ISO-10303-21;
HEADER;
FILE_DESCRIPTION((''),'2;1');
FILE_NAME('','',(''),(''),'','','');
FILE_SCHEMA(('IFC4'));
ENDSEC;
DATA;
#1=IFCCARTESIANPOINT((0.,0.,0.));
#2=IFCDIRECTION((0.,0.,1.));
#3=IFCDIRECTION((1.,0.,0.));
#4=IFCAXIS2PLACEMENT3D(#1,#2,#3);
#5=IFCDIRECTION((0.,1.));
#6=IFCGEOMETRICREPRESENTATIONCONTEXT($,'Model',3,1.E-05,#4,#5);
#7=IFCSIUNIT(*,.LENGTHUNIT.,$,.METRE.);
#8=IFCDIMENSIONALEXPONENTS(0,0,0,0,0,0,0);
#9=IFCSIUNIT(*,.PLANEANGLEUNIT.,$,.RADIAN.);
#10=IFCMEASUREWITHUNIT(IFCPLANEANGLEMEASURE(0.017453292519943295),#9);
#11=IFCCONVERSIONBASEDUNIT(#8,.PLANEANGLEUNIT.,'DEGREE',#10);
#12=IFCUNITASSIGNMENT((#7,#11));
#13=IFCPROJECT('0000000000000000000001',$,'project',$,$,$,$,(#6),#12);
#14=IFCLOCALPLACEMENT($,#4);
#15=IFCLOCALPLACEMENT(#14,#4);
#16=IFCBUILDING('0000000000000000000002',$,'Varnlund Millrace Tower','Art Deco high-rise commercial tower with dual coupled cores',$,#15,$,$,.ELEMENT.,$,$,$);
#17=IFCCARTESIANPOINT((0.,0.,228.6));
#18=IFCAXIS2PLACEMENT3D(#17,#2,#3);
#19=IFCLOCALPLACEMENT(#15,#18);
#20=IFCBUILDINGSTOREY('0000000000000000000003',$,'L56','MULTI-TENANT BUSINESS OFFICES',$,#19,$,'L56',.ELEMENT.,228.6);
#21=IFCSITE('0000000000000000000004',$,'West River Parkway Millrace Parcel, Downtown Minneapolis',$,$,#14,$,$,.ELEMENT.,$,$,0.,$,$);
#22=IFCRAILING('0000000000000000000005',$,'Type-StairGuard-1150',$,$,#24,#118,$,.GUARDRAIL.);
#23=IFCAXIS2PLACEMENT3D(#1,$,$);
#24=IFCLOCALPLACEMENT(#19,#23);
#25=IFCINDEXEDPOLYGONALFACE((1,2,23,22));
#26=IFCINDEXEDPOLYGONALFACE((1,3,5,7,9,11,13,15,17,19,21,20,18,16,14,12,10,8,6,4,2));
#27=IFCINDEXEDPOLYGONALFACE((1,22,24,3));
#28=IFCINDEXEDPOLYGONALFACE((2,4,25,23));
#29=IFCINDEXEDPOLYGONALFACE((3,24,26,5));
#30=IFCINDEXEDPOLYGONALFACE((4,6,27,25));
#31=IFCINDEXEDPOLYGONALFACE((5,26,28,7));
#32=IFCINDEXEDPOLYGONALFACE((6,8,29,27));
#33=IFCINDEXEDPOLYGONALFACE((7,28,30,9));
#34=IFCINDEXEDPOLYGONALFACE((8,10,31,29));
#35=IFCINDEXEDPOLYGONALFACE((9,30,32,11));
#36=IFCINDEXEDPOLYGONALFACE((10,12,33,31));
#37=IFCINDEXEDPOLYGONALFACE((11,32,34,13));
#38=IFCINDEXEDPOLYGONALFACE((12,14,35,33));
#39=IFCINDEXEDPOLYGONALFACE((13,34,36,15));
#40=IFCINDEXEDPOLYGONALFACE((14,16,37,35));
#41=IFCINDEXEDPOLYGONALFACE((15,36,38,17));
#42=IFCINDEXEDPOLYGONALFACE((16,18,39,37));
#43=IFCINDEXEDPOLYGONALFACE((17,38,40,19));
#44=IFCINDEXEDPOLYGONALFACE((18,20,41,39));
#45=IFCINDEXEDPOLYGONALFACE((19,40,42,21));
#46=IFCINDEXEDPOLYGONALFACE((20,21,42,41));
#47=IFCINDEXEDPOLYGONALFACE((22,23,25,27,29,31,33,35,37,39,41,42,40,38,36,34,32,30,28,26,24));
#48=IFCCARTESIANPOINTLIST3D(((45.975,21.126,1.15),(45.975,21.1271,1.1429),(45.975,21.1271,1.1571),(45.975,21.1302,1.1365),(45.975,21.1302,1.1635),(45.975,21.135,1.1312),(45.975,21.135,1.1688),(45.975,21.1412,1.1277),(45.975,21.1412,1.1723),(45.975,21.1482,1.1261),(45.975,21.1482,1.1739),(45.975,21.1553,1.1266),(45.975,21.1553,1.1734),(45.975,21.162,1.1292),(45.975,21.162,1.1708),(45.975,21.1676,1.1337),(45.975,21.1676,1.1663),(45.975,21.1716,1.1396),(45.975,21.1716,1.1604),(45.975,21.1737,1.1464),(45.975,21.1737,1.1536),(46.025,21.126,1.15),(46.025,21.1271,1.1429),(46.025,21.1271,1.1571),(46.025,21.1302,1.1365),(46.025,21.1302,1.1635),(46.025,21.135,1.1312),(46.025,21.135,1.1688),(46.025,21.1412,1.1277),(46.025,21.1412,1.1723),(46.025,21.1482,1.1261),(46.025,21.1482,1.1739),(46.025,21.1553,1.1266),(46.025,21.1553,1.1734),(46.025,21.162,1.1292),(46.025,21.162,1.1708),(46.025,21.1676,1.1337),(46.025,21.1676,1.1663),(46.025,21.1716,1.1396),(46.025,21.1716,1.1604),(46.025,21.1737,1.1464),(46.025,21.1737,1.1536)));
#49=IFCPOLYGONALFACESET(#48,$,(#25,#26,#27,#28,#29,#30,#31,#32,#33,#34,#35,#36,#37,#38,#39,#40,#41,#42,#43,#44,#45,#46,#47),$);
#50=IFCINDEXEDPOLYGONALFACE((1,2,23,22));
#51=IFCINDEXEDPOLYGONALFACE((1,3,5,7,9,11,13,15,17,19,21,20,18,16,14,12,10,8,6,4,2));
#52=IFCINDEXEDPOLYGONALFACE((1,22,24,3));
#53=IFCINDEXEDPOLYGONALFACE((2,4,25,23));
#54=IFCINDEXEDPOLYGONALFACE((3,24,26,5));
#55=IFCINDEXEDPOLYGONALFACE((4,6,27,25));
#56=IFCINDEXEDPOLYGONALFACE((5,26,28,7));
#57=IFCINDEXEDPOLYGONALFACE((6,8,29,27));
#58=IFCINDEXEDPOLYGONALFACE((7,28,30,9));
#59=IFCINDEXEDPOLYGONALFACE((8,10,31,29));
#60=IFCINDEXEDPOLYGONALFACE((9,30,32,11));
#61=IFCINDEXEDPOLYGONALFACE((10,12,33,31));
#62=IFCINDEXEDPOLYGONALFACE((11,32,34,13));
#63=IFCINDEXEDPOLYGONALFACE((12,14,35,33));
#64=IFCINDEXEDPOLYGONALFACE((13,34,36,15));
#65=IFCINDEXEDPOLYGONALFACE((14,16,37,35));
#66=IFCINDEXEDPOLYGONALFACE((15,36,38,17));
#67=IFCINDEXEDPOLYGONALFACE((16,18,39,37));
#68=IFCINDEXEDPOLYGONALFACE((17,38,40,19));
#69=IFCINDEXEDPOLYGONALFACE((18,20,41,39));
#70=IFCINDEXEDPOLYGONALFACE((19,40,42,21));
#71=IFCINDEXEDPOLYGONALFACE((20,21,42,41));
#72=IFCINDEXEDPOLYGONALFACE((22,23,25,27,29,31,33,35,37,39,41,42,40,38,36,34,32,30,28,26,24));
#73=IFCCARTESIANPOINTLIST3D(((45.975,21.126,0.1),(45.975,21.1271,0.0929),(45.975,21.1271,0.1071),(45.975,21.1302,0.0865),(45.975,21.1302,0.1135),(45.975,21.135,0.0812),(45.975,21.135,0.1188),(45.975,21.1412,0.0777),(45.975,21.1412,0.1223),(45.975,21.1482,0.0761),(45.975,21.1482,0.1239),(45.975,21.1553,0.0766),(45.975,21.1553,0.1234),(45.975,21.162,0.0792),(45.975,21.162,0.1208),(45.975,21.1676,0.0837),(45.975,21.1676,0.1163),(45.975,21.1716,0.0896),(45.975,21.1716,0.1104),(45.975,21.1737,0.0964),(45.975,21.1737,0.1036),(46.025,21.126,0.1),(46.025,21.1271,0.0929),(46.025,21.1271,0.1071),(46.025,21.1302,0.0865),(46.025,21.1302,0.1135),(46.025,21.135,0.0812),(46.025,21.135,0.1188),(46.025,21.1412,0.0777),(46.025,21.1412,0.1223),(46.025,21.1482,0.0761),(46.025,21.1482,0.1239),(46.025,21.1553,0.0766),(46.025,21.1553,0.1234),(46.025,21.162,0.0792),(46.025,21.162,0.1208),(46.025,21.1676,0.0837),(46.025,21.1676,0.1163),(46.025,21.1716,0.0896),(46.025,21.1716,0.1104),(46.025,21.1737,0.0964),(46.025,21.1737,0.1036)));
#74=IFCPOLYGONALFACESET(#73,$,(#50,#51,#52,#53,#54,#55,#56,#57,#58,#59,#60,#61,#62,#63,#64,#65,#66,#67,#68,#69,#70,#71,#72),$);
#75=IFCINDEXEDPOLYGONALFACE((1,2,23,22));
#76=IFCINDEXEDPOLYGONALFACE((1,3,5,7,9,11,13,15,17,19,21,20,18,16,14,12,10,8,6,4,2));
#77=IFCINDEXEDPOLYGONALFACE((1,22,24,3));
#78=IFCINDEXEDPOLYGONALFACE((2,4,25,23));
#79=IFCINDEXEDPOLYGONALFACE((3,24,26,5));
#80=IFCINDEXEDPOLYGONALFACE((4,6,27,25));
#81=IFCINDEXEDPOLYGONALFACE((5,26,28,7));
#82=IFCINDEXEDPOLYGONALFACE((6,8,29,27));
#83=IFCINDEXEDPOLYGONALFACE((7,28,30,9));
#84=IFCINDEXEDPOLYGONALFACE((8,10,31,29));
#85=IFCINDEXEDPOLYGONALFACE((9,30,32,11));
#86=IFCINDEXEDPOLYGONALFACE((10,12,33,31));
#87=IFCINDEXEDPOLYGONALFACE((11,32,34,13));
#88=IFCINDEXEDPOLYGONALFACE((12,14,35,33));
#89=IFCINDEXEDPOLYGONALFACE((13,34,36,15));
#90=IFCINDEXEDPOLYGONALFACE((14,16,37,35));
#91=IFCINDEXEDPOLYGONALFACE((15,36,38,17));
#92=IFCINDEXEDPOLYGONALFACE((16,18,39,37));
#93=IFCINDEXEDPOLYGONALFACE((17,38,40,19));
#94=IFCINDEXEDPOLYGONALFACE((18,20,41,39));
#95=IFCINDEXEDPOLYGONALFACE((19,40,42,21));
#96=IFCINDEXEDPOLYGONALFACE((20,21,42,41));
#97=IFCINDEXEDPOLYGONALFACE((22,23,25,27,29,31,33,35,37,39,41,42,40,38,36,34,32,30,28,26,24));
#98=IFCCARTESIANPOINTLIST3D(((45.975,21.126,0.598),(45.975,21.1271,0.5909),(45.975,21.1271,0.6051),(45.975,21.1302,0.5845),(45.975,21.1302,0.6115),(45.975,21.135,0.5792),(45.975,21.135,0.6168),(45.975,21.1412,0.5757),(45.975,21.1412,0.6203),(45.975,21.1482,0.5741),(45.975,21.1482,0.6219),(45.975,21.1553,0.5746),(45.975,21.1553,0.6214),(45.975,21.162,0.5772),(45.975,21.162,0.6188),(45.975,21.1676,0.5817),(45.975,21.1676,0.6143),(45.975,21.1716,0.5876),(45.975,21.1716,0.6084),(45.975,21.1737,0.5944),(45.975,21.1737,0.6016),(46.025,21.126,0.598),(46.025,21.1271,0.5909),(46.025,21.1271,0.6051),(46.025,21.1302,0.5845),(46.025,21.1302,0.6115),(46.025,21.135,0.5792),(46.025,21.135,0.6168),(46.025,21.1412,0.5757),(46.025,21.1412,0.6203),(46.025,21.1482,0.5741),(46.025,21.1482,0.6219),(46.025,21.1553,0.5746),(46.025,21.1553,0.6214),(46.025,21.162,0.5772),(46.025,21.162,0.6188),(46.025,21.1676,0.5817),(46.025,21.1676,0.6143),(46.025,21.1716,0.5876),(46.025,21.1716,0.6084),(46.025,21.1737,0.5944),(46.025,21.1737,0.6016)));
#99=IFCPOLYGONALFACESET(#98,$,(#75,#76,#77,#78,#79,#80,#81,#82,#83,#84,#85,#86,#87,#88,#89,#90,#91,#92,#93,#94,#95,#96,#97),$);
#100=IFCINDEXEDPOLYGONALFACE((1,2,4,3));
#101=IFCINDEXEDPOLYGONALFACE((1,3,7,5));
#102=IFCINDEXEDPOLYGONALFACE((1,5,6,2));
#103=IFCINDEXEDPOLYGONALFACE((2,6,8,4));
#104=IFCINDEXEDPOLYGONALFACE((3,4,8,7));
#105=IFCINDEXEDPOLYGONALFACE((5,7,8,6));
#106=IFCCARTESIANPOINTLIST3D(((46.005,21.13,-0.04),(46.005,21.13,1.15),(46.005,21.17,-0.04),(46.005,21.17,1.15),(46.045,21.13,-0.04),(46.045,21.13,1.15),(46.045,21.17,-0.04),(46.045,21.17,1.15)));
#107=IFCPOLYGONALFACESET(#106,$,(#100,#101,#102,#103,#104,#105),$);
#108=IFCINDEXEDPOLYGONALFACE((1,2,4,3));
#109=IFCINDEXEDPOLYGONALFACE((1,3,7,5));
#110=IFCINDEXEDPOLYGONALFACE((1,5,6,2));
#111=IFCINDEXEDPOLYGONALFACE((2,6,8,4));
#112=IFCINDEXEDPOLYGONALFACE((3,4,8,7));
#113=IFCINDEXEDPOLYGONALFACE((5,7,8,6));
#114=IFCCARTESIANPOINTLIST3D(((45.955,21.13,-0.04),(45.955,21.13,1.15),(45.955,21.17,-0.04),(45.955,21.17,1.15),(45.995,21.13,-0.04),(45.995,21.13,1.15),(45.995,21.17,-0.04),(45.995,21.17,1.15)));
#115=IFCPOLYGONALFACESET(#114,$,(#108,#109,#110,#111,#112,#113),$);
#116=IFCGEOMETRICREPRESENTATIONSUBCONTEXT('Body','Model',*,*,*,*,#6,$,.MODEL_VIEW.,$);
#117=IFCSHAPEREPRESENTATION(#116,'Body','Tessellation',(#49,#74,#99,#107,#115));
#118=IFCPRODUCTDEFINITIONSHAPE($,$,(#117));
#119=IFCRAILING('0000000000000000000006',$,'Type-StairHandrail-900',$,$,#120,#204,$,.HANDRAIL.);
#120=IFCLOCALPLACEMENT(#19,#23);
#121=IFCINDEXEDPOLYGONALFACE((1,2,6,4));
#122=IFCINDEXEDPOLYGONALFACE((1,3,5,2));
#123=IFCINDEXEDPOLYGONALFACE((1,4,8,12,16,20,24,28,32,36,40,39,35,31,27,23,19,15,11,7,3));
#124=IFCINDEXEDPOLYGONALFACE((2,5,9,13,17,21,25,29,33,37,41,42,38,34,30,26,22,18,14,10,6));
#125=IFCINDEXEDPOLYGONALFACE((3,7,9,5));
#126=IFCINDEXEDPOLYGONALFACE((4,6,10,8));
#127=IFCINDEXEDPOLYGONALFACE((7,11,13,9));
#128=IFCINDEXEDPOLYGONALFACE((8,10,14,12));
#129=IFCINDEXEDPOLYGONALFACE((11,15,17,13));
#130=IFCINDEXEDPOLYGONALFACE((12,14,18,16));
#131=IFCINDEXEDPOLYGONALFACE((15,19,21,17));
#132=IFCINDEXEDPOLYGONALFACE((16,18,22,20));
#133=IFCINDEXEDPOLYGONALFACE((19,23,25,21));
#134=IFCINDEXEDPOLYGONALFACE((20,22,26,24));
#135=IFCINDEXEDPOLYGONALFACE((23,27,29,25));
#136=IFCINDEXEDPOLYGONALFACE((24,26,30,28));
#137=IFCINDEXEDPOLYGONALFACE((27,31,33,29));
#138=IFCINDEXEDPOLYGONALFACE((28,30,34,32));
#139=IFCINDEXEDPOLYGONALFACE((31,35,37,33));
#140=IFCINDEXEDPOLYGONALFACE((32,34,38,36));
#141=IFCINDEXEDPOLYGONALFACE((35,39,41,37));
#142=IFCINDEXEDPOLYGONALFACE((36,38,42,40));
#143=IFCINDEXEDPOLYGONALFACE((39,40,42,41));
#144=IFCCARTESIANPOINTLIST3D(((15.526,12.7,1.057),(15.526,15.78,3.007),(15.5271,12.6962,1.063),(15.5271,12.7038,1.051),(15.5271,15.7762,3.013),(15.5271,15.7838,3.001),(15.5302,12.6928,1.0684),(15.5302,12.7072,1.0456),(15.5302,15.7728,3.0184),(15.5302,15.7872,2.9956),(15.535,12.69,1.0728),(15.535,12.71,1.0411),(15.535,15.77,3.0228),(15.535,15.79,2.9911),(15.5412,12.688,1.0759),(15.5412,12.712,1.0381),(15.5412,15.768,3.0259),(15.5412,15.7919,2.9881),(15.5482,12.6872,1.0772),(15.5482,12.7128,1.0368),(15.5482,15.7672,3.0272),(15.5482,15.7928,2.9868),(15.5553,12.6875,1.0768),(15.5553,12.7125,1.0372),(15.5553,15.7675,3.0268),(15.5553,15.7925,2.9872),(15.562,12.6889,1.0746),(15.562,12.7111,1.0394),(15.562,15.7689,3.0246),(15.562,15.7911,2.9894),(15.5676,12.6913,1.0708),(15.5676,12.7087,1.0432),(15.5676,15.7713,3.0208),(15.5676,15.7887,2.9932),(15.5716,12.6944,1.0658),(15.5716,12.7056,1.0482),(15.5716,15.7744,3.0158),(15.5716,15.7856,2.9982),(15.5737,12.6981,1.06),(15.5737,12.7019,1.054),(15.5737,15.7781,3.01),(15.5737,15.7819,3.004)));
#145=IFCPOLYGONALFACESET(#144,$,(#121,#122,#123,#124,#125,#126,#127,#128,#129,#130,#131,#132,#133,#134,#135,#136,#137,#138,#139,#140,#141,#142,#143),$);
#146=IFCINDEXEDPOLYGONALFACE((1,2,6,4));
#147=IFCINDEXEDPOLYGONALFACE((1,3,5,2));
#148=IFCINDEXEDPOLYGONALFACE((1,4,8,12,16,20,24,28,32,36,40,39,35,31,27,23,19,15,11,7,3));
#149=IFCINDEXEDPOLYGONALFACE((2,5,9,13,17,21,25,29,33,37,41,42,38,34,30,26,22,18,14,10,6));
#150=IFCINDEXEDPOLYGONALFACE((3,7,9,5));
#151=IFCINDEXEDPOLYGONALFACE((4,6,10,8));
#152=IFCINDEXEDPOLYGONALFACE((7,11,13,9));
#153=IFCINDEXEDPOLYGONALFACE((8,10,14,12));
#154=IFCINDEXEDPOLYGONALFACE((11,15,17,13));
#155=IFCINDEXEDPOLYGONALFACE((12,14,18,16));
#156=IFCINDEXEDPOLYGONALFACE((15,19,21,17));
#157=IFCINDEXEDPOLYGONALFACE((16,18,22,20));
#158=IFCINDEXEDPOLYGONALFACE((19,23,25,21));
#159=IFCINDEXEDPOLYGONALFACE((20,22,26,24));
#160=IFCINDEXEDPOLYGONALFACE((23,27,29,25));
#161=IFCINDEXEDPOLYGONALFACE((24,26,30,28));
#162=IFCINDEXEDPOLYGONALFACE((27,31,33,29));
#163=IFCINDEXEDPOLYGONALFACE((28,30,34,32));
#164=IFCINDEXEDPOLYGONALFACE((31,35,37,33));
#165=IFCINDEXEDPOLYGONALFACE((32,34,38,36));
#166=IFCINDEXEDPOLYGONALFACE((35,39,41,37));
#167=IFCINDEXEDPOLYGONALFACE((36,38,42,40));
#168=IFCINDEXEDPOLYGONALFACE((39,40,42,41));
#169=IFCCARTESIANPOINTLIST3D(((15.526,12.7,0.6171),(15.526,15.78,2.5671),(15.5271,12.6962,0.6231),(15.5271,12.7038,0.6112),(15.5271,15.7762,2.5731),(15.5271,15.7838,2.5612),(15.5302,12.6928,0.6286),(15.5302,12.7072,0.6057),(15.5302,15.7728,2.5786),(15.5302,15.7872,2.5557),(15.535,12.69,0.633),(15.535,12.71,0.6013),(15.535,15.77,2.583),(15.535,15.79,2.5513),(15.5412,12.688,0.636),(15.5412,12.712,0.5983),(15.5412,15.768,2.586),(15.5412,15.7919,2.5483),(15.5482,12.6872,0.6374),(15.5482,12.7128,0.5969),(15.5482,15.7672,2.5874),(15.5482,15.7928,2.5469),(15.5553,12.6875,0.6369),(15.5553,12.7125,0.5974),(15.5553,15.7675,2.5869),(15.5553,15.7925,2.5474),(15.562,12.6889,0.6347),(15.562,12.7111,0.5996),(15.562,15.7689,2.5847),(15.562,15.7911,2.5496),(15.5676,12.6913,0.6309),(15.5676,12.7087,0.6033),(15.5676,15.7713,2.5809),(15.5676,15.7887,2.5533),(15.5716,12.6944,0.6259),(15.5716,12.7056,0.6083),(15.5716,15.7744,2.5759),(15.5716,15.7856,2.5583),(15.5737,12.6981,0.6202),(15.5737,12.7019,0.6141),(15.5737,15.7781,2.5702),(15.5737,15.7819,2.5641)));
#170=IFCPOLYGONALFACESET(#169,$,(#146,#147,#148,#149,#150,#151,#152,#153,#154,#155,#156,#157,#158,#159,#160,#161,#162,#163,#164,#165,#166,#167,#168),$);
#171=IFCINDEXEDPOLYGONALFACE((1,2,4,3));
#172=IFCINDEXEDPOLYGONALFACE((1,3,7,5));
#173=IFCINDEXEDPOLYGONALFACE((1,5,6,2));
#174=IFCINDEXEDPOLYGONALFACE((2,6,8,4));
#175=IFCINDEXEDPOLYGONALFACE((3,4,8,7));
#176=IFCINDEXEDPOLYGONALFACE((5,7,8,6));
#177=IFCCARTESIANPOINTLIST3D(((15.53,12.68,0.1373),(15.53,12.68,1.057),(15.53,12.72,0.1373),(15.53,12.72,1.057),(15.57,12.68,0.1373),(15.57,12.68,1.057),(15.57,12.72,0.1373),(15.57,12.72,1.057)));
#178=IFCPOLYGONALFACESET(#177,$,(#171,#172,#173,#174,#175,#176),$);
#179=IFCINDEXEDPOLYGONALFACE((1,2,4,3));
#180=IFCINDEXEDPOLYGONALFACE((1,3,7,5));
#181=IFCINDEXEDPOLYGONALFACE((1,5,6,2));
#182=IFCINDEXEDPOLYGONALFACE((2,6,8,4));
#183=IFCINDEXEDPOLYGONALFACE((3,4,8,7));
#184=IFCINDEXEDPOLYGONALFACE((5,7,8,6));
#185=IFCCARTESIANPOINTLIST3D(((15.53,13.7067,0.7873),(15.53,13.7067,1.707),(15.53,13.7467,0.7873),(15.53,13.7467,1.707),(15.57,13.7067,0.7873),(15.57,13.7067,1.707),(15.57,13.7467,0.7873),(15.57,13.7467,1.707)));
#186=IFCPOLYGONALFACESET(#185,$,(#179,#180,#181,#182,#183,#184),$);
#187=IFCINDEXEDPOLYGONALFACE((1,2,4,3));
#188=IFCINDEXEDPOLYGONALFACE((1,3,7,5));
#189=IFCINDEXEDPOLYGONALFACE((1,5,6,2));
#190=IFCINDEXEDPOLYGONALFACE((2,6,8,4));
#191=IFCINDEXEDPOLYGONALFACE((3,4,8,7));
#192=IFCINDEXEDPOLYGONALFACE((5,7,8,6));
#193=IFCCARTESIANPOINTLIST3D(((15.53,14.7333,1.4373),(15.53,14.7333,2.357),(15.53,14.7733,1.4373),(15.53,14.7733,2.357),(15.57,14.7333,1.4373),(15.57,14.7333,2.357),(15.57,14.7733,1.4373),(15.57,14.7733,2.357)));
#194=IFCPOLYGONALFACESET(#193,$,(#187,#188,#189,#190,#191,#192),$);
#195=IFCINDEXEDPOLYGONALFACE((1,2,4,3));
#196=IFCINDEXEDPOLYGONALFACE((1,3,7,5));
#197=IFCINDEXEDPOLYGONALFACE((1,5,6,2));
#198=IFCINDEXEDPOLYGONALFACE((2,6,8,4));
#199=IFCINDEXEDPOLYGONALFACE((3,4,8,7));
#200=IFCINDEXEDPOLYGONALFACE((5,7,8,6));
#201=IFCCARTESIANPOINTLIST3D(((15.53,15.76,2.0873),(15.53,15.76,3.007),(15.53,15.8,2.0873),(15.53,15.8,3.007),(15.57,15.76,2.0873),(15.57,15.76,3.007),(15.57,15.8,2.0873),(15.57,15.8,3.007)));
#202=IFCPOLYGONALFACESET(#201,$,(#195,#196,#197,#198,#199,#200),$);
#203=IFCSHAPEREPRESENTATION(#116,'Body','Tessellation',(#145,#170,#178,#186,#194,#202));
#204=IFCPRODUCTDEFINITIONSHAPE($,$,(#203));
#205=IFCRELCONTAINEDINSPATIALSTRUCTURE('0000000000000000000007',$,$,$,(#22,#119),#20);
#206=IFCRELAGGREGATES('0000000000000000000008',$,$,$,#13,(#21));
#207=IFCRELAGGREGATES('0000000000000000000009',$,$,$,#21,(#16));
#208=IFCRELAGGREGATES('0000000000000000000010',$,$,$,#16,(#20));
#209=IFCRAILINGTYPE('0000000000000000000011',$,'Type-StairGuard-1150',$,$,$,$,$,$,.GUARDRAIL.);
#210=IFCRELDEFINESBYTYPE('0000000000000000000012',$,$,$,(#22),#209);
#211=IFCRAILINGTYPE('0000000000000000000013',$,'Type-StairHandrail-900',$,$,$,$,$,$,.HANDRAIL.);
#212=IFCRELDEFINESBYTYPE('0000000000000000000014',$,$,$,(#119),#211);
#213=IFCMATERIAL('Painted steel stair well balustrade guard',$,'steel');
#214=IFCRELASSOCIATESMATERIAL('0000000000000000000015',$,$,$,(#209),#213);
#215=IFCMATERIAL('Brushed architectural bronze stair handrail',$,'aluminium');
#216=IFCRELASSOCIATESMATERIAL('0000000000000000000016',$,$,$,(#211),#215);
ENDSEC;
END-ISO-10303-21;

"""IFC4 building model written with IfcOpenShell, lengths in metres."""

from ifc_helpers import new_model, entity, si_unit, converted_unit, direction, frame, origin_with_axes, origin_2d_with_axis, place, context, subcontext, project, spatial, rectangle, circle, extrude, material, type_object, element, save


model = new_model("IFC4")

# Units and contexts
model_context = context("Model", 3, precision=1e-05, world=origin_with_axes(), true_north=direction((0.0, 1.0)))
body_context = subcontext(model_context, "Body", "Model", "MODEL_VIEW")
ifc_project = project(units=[si_unit("LENGTHUNIT", "METRE"), converted_unit("PLANEANGLEUNIT", "DEGREE", entity("IfcPlaneAngleMeasure", 0.017453292519943295), si_unit("PLANEANGLEUNIT", "RADIAN"), dimensions=[0, 0, 0, 0, 0, 0, 0])], contexts=[model_context])

# Site, building, storey
site_placement = place(None, origin_with_axes())
site = spatial("IfcSite", under=ifc_project, at=site_placement, Name="West River Parkway Millrace Parcel, Downtown Minneapolis", CompositionType="ELEMENT", RefElevation=0.0)
building_placement = place(site_placement, origin_with_axes())
building = spatial("IfcBuilding", under=site, at=building_placement, Name="Varnlund Millrace Tower", Description="Art Deco high-rise commercial tower with dual coupled cores", CompositionType="ELEMENT")
storey_placement = place(building_placement, frame((0.0, 0.0, 228.6), z_axis=(0.0, 0.0, 1.0), x_axis=(1.0, 0.0, 0.0)))
storey = spatial("IfcBuildingStorey", under=building, at=storey_placement, Name="L56", Description="MULTI-TENANT BUSINESS OFFICES", LongName="L56", CompositionType="ELEMENT", Elevation=228.6)

# Railings
ifc_material_1 = material(Name="Painted steel stair well balustrade guard", Category="steel")
railing_type_1 = type_object("IfcRailingType", Name="Type-StairGuard-1150", PredefinedType="GUARDRAIL", material=ifc_material_1)
railing_1_placement = place(storey_placement, frame((0.0, 0.0, -228.6), z_axis=(0.0, 0.0, 1.0), x_axis=(1.0, 0.0, 0.0)))
element("IfcRailing", 1, at=railing_1_placement, inside=storey, type_object=railing_type_1, Name="Type-StairGuard-1150", PredefinedType="GUARDRAIL", context=body_context, shape_type="SweptSolid", body=[
    extrude(circle(Radius=0.024, at=origin_2d_with_axis()), frame((46.025, 21.15, 229.75), z_axis=(-1.0, 0.0, 0.0), x_axis=(0.0, -1.0, 0.0)), (0.0, 0.0, 1.0), 0.05),
    extrude(circle(Radius=0.024, at=origin_2d_with_axis()), frame((46.025, 21.15, 228.7), z_axis=(-1.0, 0.0, 0.0), x_axis=(0.0, -1.0, 0.0)), (0.0, 0.0, 1.0), 0.05),
    extrude(circle(Radius=0.024, at=origin_2d_with_axis()), frame((46.025, 21.15, 229.198), z_axis=(-1.0, 0.0, 0.0), x_axis=(0.0, -1.0, 0.0)), (0.0, 0.0, 1.0), 0.05),
    extrude(rectangle(XDim=0.04, YDim=0.04, at=origin_2d_with_axis()), frame((46.025, 21.15, 228.56), z_axis=(0.0, 0.0, 1.0), x_axis=(1.0, 0.0, 0.0)), (0.0, 0.0, 1.0), 1.19),
    extrude(rectangle(XDim=0.04, YDim=0.04, at=origin_2d_with_axis()), frame((45.975, 21.15, 228.56), z_axis=(0.0, 0.0, 1.0), x_axis=(1.0, 0.0, 0.0)), (0.0, 0.0, 1.0), 1.19),
])
ifc_material_2 = material(Name="Brushed architectural bronze stair handrail", Category="aluminium")
railing_type_2 = type_object("IfcRailingType", Name="Type-StairHandrail-900", PredefinedType="HANDRAIL", material=ifc_material_2)
railing_2_placement = place(storey_placement, frame((0.0, 0.0, -228.6), z_axis=(0.0, 0.0, 1.0), x_axis=(1.0, 0.0, 0.0)))
element("IfcRailing", 2, at=railing_2_placement, inside=storey, type_object=railing_type_2, Name="Type-StairHandrail-900", PredefinedType="HANDRAIL", context=body_context, shape_type="SweptSolid", body=[
    extrude(circle(Radius=0.024, at=origin_2d_with_axis()), frame((15.55, 12.7, 229.657), z_axis=(0.0, 0.844902, 0.534922), x_axis=(-1.0, 0.0, 0.0)), (0.0, 0.0, 1.0), 3.6454),
    extrude(circle(Radius=0.024, at=origin_2d_with_axis()), frame((15.55, 12.7, 229.2171), z_axis=(0.0, 0.844902, 0.534922), x_axis=(-1.0, 0.0, 0.0)), (0.0, 0.0, 1.0), 3.6454),
    extrude(rectangle(XDim=0.04, YDim=0.04, at=origin_2d_with_axis()), frame((15.55, 12.7, 228.7373), z_axis=(0.0, 0.0, 1.0), x_axis=(1.0, 0.0, 0.0)), (0.0, 0.0, 1.0), 0.9197),
    extrude(rectangle(XDim=0.04, YDim=0.04, at=origin_2d_with_axis()), frame((15.55, 13.7267, 229.3873), z_axis=(0.0, 0.0, 1.0), x_axis=(1.0, 0.0, 0.0)), (0.0, 0.0, 1.0), 0.9197),
    extrude(rectangle(XDim=0.04, YDim=0.04, at=origin_2d_with_axis()), frame((15.55, 14.7533, 230.0373), z_axis=(0.0, 0.0, 1.0), x_axis=(1.0, 0.0, 0.0)), (0.0, 0.0, 1.0), 0.9197),
    extrude(rectangle(XDim=0.04, YDim=0.04, at=origin_2d_with_axis()), frame((15.55, 15.78, 230.6873), z_axis=(0.0, 0.0, 1.0), x_axis=(1.0, 0.0, 0.0)), (0.0, 0.0, 1.0), 0.9197),
])

save(model, "model.ifc")
